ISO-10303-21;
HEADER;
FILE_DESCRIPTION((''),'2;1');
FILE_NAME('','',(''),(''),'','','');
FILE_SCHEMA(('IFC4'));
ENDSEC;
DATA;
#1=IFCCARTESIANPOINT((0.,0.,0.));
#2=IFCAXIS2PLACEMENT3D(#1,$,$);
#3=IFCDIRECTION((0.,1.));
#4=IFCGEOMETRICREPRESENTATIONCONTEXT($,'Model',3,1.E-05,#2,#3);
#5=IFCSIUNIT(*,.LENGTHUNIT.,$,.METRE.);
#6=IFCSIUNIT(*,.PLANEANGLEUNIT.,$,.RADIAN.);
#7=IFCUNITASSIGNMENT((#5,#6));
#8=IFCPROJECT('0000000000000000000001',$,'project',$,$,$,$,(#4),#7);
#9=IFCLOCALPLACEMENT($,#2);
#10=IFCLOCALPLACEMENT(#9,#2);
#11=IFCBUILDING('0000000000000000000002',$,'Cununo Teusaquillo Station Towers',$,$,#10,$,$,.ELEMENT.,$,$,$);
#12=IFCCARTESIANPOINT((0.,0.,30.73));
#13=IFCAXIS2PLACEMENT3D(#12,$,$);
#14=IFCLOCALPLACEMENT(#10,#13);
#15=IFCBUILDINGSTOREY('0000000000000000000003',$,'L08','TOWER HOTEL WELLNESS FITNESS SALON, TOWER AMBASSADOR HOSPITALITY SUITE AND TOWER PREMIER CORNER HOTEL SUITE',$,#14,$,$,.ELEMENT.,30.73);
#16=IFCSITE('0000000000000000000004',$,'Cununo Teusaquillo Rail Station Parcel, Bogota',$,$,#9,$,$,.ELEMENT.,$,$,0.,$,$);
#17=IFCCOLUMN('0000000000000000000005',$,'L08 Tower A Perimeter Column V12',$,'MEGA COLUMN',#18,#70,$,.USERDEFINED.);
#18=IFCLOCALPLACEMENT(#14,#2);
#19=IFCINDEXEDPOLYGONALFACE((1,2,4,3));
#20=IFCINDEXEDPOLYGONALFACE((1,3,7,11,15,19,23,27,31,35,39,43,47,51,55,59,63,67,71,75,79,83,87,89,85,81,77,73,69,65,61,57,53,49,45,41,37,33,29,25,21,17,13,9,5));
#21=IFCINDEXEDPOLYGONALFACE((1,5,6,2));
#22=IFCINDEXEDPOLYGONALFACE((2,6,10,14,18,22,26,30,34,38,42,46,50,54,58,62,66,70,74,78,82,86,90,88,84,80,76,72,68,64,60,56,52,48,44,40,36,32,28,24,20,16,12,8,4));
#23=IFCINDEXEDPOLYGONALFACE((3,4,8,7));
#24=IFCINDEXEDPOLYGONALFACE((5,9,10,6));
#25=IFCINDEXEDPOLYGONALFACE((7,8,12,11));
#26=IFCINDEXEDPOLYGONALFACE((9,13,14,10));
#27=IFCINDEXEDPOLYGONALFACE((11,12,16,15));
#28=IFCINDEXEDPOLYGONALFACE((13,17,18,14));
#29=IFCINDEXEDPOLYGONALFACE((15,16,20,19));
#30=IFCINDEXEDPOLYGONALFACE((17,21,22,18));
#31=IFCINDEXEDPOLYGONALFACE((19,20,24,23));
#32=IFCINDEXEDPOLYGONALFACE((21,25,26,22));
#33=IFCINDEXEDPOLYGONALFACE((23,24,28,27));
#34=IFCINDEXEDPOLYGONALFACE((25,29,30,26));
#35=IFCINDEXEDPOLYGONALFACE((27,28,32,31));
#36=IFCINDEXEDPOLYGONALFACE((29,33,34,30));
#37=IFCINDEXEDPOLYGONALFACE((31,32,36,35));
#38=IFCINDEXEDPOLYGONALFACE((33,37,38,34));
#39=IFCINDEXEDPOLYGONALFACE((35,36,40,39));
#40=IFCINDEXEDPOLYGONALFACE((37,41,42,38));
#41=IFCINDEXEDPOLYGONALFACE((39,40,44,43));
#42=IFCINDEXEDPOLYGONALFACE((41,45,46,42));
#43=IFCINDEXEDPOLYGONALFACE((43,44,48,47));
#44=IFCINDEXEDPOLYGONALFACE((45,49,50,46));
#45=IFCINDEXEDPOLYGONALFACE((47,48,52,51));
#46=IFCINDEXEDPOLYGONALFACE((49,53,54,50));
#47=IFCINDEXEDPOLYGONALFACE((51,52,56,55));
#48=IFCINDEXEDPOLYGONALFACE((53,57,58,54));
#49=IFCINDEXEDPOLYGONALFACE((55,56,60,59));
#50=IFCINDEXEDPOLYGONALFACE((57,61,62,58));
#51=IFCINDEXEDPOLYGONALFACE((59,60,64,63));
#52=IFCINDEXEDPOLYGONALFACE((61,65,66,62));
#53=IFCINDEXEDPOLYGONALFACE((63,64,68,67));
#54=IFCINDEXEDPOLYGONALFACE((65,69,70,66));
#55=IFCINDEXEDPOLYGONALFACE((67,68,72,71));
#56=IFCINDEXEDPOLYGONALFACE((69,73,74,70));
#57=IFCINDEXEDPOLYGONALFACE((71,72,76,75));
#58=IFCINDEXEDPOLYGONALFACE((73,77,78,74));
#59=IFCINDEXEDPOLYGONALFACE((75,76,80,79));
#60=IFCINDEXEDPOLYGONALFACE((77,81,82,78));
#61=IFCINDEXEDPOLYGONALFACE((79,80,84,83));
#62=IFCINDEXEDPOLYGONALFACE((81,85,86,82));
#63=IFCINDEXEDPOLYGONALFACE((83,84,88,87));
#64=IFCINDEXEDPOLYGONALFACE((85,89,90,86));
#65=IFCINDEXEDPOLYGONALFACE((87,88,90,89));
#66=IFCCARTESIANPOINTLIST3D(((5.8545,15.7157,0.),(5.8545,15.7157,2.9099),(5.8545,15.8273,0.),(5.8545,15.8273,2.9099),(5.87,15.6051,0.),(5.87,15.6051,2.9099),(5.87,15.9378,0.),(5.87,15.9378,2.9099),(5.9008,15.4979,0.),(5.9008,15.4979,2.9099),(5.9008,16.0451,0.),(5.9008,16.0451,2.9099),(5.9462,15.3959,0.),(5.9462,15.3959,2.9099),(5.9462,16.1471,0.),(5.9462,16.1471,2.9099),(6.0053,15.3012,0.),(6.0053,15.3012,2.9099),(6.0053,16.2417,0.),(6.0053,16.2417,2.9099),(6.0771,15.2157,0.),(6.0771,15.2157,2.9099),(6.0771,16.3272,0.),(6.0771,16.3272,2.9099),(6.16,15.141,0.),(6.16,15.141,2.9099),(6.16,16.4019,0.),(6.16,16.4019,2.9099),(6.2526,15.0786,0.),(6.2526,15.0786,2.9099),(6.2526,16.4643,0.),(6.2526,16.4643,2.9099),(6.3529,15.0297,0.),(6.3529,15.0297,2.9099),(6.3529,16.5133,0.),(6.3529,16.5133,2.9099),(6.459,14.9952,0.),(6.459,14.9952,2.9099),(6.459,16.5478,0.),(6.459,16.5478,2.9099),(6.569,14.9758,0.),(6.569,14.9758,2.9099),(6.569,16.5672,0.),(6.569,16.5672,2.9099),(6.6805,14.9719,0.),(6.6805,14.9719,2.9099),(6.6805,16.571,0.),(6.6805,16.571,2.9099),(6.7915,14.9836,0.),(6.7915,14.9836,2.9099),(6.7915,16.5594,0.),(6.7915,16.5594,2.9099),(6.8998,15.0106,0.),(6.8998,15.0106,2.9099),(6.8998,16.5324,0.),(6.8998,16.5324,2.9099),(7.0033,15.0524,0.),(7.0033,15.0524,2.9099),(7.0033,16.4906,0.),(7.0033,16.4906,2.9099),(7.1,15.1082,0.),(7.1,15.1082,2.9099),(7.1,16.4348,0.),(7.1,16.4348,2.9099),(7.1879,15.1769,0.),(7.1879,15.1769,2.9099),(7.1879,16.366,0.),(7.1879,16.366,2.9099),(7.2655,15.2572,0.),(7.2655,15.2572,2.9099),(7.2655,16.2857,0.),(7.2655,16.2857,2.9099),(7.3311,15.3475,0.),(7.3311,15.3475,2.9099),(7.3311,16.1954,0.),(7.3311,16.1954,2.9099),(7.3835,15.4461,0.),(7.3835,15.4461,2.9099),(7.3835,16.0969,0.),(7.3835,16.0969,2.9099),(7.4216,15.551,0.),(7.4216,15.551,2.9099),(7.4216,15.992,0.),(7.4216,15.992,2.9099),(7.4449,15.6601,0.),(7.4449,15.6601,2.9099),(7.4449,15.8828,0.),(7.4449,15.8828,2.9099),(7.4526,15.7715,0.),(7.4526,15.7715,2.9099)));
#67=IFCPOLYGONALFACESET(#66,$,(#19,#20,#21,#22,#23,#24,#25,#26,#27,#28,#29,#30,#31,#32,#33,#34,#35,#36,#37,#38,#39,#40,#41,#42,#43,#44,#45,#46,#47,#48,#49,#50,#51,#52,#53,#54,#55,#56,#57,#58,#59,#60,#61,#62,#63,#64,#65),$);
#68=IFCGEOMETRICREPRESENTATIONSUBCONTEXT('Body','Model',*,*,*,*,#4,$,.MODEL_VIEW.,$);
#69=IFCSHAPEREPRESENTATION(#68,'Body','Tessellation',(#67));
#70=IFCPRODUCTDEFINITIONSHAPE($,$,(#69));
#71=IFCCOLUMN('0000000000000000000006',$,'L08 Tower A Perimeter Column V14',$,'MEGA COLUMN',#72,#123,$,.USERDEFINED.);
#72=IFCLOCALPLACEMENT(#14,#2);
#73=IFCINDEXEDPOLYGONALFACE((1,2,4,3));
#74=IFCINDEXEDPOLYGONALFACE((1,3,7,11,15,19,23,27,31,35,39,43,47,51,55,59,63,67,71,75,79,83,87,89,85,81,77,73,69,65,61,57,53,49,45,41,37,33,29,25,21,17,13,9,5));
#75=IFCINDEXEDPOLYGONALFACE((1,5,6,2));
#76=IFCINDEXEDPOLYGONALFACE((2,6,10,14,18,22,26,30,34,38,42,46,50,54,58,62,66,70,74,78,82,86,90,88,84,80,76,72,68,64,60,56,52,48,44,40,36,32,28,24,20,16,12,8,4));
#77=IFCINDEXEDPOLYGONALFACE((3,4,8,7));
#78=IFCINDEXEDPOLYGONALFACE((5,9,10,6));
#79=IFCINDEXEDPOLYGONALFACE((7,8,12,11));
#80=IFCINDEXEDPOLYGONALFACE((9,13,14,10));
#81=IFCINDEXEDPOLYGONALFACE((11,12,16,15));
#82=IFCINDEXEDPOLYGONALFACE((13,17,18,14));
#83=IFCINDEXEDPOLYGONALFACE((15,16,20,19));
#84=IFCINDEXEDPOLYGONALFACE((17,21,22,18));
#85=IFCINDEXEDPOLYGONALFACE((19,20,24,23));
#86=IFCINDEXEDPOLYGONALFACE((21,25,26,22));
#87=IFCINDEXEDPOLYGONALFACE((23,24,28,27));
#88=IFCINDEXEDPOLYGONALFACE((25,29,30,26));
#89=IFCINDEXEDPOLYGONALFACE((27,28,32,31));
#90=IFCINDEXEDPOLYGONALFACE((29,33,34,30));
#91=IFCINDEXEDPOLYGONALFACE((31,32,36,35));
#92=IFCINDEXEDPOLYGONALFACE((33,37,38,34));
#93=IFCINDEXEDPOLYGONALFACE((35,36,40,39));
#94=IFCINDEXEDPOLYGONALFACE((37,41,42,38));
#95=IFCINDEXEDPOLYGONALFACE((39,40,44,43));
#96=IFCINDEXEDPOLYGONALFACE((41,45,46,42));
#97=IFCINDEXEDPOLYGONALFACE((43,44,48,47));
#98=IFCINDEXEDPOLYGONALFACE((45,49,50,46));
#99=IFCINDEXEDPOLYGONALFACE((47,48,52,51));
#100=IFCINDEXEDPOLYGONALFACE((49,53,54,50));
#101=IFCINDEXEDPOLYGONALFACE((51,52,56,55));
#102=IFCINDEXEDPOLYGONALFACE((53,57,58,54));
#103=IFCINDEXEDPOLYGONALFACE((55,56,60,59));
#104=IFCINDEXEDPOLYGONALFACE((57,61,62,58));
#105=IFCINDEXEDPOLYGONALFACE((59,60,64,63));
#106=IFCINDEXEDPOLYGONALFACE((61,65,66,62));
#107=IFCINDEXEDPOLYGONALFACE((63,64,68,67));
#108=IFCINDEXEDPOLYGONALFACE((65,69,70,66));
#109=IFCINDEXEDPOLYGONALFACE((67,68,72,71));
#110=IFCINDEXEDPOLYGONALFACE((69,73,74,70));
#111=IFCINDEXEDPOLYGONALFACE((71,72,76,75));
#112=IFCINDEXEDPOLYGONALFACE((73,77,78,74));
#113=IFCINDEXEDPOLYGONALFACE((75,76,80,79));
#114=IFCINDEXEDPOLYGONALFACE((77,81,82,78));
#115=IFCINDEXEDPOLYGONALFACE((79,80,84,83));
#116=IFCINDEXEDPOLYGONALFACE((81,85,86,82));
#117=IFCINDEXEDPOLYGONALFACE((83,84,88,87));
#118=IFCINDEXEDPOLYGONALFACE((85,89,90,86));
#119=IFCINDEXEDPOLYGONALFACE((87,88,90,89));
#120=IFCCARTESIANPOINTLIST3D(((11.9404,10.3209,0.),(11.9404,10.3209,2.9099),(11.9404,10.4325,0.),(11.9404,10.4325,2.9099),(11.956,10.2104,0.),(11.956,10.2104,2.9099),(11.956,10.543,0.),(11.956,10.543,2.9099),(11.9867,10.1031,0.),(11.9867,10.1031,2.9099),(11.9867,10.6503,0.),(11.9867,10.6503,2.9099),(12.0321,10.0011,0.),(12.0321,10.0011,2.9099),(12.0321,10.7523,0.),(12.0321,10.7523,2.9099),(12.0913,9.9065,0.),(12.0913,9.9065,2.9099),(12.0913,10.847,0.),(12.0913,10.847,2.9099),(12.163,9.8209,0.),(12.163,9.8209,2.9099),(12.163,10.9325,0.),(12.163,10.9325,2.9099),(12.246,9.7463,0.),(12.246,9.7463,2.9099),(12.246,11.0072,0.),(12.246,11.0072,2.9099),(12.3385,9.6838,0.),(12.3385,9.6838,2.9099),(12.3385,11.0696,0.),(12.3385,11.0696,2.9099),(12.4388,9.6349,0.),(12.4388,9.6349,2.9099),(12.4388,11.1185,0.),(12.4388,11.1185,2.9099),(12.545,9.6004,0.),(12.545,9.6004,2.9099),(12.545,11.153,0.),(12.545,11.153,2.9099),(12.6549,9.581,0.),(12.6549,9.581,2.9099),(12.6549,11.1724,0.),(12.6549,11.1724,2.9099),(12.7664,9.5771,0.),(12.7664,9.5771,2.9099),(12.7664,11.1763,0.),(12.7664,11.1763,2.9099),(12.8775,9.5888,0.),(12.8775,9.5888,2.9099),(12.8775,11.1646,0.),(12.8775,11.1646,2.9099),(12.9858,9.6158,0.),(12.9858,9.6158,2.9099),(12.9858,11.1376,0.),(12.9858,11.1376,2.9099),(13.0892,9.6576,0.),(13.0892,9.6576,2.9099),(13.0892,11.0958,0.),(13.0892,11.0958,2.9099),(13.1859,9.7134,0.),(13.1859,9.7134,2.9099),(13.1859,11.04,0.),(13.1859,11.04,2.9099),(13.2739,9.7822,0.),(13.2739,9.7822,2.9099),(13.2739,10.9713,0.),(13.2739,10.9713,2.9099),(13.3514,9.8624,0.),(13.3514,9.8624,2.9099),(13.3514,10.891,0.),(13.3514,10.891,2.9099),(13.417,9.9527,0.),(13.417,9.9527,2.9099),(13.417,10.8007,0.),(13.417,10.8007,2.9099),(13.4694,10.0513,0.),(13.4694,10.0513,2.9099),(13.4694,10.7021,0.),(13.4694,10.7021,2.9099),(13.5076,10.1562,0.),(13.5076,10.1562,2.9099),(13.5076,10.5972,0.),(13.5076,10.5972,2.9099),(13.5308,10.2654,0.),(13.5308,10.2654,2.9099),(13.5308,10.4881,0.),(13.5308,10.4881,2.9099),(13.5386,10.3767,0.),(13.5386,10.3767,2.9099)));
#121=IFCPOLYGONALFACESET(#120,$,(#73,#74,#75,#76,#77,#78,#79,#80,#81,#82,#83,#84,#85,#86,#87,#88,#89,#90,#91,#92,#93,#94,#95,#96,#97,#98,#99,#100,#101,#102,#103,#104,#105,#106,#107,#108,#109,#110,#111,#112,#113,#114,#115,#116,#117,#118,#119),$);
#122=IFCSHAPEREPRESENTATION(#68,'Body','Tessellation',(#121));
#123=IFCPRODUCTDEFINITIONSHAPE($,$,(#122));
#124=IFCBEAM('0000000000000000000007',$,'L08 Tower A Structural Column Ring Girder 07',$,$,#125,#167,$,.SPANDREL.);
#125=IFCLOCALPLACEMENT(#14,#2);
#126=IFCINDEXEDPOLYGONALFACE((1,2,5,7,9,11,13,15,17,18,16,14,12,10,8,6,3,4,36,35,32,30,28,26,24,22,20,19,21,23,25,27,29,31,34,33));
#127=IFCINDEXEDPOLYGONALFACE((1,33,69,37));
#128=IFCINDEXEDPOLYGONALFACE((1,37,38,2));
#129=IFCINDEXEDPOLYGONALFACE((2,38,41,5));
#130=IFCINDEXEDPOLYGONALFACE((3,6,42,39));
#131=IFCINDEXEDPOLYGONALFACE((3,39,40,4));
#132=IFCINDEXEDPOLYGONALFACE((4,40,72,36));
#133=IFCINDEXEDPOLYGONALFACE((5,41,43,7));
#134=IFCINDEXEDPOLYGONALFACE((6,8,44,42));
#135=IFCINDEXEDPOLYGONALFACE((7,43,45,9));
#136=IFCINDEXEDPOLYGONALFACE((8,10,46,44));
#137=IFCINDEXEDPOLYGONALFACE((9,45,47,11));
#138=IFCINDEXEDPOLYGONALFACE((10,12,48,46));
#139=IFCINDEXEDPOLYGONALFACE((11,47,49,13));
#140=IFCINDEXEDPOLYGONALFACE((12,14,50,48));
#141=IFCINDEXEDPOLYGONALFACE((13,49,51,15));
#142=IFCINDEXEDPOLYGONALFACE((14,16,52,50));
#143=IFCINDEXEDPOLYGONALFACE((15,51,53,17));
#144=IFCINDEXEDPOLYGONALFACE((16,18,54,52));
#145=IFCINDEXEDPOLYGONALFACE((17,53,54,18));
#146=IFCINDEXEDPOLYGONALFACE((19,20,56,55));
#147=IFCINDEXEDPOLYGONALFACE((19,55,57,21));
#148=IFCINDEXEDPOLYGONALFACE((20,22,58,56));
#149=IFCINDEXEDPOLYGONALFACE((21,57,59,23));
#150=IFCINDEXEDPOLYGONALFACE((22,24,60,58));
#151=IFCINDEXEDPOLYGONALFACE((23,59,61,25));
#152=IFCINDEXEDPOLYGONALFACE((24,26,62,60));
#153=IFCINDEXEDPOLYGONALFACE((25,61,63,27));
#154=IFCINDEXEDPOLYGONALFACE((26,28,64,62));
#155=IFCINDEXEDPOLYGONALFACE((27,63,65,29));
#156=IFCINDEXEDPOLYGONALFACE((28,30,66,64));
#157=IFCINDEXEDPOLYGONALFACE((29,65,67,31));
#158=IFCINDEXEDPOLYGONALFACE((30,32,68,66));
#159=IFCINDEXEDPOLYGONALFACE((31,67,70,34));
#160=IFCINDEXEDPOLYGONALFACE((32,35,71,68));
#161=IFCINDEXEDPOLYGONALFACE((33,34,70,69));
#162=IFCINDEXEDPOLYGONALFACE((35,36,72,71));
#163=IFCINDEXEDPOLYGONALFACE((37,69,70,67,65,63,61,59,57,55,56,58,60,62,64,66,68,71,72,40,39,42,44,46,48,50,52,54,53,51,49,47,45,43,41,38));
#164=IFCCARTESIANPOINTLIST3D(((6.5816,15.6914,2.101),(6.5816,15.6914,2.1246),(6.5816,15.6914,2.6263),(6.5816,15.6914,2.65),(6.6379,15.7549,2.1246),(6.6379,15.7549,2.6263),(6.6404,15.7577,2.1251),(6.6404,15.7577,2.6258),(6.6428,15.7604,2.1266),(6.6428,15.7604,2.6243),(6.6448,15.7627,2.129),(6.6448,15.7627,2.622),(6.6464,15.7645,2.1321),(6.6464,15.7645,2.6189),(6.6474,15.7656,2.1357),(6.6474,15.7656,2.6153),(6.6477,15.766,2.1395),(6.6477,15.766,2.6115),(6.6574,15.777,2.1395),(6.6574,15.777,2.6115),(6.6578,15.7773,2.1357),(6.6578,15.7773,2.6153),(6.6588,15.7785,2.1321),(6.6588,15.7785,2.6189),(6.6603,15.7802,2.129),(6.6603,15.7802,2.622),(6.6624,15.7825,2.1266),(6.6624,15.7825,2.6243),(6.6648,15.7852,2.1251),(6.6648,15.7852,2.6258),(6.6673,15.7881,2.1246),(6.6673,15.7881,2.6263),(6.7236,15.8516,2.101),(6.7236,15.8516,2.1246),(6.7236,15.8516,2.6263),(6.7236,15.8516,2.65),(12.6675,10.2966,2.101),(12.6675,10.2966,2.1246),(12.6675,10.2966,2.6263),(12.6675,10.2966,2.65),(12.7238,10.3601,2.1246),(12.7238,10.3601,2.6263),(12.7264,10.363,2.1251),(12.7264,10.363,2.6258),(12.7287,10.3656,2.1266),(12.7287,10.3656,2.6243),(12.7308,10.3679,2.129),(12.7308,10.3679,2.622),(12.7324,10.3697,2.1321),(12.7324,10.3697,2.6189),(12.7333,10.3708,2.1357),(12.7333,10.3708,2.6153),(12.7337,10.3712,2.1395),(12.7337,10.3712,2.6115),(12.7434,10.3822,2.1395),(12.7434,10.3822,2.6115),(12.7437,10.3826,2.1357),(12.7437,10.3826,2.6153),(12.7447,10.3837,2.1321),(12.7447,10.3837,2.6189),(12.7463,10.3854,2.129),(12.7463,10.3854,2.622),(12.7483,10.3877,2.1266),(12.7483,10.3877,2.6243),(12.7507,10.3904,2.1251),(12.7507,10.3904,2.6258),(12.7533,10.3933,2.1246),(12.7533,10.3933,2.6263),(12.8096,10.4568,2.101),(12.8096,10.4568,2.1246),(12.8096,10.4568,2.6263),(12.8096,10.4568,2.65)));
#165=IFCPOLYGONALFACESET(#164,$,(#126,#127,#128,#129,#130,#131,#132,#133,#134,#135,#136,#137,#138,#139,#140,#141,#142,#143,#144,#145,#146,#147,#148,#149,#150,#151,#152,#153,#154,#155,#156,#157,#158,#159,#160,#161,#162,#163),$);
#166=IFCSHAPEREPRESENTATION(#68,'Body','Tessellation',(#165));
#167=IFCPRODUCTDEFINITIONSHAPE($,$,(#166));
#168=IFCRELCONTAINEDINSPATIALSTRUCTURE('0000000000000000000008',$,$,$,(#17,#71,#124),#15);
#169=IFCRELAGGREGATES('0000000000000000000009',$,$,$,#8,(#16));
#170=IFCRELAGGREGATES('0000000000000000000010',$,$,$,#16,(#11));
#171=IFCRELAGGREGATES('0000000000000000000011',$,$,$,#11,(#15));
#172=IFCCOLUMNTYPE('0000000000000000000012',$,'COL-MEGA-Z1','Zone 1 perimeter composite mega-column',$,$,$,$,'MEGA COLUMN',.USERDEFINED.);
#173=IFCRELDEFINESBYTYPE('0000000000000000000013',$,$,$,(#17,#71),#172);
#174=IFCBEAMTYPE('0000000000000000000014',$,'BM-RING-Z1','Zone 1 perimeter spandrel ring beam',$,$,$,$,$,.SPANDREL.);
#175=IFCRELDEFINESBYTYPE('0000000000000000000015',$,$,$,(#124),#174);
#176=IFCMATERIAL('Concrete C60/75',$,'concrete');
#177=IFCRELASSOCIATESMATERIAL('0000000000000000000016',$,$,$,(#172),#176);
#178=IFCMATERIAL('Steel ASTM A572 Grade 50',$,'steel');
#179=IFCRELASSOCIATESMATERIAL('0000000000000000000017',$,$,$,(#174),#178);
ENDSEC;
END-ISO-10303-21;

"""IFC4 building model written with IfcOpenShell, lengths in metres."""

from ifc_helpers import new_model, si_unit, direction, frame, origin, origin_2d, place, context, subcontext, project, spatial, circle, i_section, extrude, material, material_profile, profile_set, type_object, element, save


model = new_model("IFC4")

# Units and contexts
model_context = context("Model", 3, precision=1e-05, world=origin(), true_north=direction((0.0, 1.0)))
body_context = subcontext(model_context, "Body", "Model", "MODEL_VIEW")
ifc_project = project(units=[si_unit("LENGTHUNIT", "METRE"), si_unit("PLANEANGLEUNIT", "RADIAN")], contexts=[model_context])

# Site, building, storey
site_placement = place(None, origin())
site = spatial("IfcSite", under=ifc_project, at=site_placement, Name="Cununo Teusaquillo Rail Station Parcel, Bogota", CompositionType="ELEMENT", RefElevation=0.0)
building_placement = place(site_placement, origin())
building = spatial("IfcBuilding", under=site, at=building_placement, Name="Cununo Teusaquillo Station Towers", CompositionType="ELEMENT")
storey_placement = place(building_placement, frame((0.0, 0.0, 30.73)))
storey = spatial("IfcBuildingStorey", under=building, at=storey_placement, Name="L08", Description="TOWER HOTEL WELLNESS FITNESS SALON, TOWER AMBASSADOR HOSPITALITY SUITE AND TOWER PREMIER CORNER HOTEL SUITE", CompositionType="ELEMENT", Elevation=30.73)

# Columns
ifc_material_1 = material(Name="Concrete C60/75", Category="concrete")
ifc_material_profile_1 = material_profile(ifc_material_1, circle(Radius=0.8, at=origin_2d()), Name="RC-CIRC-1600")
ifc_profile_set_1 = profile_set([ifc_material_profile_1], Name="Concrete C60/75")
column_type = type_object("IfcColumnType", Name="COL-MEGA-Z1", Description="Zone 1 perimeter composite mega-column", ElementType="MEGA COLUMN", PredefinedType="USERDEFINED", material=ifc_profile_set_1)
for number, where, z_axis, x_axis, name in (
    (1, (6.6526, 15.7715, 0.0), (0.0, 0.0, 1.0), (1.0, 0.0, 0.0), "L08 Tower A Perimeter Column V12"),
    (2, (12.7385, 10.3767, 0.0), (0.0, 0.0, 1.0), (1.0, 0.0, 0.0), "L08 Tower A Perimeter Column V14"),
):
    element("IfcColumn", number, at=place(storey_placement, frame(where, z_axis=z_axis, x_axis=x_axis)), inside=storey, type_object=column_type, Name=name, ObjectType="MEGA COLUMN", PredefinedType="USERDEFINED", context=body_context, shape_type="SweptSolid", body=[
        extrude(circle(Radius=0.8, at=origin_2d()), origin(), (0.0, 0.0, 1.0), 2.9099),
    ])

# Beam
ifc_material_2 = material(Name="Steel ASTM A572 Grade 50", Category="steel")
ifc_material_profile_2 = material_profile(ifc_material_2, i_section(OverallWidth=0.2141, OverallDepth=0.5491, WebThickness=0.0146, FlangeThickness=0.0237, FilletRadius=0.0149, at=origin_2d()), Name="W21X93")
ifc_profile_set_2 = profile_set([ifc_material_profile_2], Name="Steel ASTM A572 Grade 50")
beam_type = type_object("IfcBeamType", Name="BM-RING-Z1", Description="Zone 1 perimeter spandrel ring beam", PredefinedType="SPANDREL", material=ifc_profile_set_2)
beam_1_placement = place(storey_placement, frame((6.6526, 15.7715, 2.3755), z_axis=(0.748321, -0.663337, 0.0), x_axis=(0.663337, 0.748321, 0.0)))
element("IfcBeam", 3, at=beam_1_placement, inside=storey, type_object=beam_type, Name="L08 Tower A Structural Column Ring Girder 07", PredefinedType="SPANDREL", context=body_context, shape_type="SweptSolid", body=[
    extrude(i_section(OverallWidth=0.2141, OverallDepth=0.5491, WebThickness=0.0146, FlangeThickness=0.0237, FilletRadius=0.0149, at=origin_2d()), origin(), (0.0, 0.0, 1.0), 8.1328),
])

save(model, "model.ifc")
